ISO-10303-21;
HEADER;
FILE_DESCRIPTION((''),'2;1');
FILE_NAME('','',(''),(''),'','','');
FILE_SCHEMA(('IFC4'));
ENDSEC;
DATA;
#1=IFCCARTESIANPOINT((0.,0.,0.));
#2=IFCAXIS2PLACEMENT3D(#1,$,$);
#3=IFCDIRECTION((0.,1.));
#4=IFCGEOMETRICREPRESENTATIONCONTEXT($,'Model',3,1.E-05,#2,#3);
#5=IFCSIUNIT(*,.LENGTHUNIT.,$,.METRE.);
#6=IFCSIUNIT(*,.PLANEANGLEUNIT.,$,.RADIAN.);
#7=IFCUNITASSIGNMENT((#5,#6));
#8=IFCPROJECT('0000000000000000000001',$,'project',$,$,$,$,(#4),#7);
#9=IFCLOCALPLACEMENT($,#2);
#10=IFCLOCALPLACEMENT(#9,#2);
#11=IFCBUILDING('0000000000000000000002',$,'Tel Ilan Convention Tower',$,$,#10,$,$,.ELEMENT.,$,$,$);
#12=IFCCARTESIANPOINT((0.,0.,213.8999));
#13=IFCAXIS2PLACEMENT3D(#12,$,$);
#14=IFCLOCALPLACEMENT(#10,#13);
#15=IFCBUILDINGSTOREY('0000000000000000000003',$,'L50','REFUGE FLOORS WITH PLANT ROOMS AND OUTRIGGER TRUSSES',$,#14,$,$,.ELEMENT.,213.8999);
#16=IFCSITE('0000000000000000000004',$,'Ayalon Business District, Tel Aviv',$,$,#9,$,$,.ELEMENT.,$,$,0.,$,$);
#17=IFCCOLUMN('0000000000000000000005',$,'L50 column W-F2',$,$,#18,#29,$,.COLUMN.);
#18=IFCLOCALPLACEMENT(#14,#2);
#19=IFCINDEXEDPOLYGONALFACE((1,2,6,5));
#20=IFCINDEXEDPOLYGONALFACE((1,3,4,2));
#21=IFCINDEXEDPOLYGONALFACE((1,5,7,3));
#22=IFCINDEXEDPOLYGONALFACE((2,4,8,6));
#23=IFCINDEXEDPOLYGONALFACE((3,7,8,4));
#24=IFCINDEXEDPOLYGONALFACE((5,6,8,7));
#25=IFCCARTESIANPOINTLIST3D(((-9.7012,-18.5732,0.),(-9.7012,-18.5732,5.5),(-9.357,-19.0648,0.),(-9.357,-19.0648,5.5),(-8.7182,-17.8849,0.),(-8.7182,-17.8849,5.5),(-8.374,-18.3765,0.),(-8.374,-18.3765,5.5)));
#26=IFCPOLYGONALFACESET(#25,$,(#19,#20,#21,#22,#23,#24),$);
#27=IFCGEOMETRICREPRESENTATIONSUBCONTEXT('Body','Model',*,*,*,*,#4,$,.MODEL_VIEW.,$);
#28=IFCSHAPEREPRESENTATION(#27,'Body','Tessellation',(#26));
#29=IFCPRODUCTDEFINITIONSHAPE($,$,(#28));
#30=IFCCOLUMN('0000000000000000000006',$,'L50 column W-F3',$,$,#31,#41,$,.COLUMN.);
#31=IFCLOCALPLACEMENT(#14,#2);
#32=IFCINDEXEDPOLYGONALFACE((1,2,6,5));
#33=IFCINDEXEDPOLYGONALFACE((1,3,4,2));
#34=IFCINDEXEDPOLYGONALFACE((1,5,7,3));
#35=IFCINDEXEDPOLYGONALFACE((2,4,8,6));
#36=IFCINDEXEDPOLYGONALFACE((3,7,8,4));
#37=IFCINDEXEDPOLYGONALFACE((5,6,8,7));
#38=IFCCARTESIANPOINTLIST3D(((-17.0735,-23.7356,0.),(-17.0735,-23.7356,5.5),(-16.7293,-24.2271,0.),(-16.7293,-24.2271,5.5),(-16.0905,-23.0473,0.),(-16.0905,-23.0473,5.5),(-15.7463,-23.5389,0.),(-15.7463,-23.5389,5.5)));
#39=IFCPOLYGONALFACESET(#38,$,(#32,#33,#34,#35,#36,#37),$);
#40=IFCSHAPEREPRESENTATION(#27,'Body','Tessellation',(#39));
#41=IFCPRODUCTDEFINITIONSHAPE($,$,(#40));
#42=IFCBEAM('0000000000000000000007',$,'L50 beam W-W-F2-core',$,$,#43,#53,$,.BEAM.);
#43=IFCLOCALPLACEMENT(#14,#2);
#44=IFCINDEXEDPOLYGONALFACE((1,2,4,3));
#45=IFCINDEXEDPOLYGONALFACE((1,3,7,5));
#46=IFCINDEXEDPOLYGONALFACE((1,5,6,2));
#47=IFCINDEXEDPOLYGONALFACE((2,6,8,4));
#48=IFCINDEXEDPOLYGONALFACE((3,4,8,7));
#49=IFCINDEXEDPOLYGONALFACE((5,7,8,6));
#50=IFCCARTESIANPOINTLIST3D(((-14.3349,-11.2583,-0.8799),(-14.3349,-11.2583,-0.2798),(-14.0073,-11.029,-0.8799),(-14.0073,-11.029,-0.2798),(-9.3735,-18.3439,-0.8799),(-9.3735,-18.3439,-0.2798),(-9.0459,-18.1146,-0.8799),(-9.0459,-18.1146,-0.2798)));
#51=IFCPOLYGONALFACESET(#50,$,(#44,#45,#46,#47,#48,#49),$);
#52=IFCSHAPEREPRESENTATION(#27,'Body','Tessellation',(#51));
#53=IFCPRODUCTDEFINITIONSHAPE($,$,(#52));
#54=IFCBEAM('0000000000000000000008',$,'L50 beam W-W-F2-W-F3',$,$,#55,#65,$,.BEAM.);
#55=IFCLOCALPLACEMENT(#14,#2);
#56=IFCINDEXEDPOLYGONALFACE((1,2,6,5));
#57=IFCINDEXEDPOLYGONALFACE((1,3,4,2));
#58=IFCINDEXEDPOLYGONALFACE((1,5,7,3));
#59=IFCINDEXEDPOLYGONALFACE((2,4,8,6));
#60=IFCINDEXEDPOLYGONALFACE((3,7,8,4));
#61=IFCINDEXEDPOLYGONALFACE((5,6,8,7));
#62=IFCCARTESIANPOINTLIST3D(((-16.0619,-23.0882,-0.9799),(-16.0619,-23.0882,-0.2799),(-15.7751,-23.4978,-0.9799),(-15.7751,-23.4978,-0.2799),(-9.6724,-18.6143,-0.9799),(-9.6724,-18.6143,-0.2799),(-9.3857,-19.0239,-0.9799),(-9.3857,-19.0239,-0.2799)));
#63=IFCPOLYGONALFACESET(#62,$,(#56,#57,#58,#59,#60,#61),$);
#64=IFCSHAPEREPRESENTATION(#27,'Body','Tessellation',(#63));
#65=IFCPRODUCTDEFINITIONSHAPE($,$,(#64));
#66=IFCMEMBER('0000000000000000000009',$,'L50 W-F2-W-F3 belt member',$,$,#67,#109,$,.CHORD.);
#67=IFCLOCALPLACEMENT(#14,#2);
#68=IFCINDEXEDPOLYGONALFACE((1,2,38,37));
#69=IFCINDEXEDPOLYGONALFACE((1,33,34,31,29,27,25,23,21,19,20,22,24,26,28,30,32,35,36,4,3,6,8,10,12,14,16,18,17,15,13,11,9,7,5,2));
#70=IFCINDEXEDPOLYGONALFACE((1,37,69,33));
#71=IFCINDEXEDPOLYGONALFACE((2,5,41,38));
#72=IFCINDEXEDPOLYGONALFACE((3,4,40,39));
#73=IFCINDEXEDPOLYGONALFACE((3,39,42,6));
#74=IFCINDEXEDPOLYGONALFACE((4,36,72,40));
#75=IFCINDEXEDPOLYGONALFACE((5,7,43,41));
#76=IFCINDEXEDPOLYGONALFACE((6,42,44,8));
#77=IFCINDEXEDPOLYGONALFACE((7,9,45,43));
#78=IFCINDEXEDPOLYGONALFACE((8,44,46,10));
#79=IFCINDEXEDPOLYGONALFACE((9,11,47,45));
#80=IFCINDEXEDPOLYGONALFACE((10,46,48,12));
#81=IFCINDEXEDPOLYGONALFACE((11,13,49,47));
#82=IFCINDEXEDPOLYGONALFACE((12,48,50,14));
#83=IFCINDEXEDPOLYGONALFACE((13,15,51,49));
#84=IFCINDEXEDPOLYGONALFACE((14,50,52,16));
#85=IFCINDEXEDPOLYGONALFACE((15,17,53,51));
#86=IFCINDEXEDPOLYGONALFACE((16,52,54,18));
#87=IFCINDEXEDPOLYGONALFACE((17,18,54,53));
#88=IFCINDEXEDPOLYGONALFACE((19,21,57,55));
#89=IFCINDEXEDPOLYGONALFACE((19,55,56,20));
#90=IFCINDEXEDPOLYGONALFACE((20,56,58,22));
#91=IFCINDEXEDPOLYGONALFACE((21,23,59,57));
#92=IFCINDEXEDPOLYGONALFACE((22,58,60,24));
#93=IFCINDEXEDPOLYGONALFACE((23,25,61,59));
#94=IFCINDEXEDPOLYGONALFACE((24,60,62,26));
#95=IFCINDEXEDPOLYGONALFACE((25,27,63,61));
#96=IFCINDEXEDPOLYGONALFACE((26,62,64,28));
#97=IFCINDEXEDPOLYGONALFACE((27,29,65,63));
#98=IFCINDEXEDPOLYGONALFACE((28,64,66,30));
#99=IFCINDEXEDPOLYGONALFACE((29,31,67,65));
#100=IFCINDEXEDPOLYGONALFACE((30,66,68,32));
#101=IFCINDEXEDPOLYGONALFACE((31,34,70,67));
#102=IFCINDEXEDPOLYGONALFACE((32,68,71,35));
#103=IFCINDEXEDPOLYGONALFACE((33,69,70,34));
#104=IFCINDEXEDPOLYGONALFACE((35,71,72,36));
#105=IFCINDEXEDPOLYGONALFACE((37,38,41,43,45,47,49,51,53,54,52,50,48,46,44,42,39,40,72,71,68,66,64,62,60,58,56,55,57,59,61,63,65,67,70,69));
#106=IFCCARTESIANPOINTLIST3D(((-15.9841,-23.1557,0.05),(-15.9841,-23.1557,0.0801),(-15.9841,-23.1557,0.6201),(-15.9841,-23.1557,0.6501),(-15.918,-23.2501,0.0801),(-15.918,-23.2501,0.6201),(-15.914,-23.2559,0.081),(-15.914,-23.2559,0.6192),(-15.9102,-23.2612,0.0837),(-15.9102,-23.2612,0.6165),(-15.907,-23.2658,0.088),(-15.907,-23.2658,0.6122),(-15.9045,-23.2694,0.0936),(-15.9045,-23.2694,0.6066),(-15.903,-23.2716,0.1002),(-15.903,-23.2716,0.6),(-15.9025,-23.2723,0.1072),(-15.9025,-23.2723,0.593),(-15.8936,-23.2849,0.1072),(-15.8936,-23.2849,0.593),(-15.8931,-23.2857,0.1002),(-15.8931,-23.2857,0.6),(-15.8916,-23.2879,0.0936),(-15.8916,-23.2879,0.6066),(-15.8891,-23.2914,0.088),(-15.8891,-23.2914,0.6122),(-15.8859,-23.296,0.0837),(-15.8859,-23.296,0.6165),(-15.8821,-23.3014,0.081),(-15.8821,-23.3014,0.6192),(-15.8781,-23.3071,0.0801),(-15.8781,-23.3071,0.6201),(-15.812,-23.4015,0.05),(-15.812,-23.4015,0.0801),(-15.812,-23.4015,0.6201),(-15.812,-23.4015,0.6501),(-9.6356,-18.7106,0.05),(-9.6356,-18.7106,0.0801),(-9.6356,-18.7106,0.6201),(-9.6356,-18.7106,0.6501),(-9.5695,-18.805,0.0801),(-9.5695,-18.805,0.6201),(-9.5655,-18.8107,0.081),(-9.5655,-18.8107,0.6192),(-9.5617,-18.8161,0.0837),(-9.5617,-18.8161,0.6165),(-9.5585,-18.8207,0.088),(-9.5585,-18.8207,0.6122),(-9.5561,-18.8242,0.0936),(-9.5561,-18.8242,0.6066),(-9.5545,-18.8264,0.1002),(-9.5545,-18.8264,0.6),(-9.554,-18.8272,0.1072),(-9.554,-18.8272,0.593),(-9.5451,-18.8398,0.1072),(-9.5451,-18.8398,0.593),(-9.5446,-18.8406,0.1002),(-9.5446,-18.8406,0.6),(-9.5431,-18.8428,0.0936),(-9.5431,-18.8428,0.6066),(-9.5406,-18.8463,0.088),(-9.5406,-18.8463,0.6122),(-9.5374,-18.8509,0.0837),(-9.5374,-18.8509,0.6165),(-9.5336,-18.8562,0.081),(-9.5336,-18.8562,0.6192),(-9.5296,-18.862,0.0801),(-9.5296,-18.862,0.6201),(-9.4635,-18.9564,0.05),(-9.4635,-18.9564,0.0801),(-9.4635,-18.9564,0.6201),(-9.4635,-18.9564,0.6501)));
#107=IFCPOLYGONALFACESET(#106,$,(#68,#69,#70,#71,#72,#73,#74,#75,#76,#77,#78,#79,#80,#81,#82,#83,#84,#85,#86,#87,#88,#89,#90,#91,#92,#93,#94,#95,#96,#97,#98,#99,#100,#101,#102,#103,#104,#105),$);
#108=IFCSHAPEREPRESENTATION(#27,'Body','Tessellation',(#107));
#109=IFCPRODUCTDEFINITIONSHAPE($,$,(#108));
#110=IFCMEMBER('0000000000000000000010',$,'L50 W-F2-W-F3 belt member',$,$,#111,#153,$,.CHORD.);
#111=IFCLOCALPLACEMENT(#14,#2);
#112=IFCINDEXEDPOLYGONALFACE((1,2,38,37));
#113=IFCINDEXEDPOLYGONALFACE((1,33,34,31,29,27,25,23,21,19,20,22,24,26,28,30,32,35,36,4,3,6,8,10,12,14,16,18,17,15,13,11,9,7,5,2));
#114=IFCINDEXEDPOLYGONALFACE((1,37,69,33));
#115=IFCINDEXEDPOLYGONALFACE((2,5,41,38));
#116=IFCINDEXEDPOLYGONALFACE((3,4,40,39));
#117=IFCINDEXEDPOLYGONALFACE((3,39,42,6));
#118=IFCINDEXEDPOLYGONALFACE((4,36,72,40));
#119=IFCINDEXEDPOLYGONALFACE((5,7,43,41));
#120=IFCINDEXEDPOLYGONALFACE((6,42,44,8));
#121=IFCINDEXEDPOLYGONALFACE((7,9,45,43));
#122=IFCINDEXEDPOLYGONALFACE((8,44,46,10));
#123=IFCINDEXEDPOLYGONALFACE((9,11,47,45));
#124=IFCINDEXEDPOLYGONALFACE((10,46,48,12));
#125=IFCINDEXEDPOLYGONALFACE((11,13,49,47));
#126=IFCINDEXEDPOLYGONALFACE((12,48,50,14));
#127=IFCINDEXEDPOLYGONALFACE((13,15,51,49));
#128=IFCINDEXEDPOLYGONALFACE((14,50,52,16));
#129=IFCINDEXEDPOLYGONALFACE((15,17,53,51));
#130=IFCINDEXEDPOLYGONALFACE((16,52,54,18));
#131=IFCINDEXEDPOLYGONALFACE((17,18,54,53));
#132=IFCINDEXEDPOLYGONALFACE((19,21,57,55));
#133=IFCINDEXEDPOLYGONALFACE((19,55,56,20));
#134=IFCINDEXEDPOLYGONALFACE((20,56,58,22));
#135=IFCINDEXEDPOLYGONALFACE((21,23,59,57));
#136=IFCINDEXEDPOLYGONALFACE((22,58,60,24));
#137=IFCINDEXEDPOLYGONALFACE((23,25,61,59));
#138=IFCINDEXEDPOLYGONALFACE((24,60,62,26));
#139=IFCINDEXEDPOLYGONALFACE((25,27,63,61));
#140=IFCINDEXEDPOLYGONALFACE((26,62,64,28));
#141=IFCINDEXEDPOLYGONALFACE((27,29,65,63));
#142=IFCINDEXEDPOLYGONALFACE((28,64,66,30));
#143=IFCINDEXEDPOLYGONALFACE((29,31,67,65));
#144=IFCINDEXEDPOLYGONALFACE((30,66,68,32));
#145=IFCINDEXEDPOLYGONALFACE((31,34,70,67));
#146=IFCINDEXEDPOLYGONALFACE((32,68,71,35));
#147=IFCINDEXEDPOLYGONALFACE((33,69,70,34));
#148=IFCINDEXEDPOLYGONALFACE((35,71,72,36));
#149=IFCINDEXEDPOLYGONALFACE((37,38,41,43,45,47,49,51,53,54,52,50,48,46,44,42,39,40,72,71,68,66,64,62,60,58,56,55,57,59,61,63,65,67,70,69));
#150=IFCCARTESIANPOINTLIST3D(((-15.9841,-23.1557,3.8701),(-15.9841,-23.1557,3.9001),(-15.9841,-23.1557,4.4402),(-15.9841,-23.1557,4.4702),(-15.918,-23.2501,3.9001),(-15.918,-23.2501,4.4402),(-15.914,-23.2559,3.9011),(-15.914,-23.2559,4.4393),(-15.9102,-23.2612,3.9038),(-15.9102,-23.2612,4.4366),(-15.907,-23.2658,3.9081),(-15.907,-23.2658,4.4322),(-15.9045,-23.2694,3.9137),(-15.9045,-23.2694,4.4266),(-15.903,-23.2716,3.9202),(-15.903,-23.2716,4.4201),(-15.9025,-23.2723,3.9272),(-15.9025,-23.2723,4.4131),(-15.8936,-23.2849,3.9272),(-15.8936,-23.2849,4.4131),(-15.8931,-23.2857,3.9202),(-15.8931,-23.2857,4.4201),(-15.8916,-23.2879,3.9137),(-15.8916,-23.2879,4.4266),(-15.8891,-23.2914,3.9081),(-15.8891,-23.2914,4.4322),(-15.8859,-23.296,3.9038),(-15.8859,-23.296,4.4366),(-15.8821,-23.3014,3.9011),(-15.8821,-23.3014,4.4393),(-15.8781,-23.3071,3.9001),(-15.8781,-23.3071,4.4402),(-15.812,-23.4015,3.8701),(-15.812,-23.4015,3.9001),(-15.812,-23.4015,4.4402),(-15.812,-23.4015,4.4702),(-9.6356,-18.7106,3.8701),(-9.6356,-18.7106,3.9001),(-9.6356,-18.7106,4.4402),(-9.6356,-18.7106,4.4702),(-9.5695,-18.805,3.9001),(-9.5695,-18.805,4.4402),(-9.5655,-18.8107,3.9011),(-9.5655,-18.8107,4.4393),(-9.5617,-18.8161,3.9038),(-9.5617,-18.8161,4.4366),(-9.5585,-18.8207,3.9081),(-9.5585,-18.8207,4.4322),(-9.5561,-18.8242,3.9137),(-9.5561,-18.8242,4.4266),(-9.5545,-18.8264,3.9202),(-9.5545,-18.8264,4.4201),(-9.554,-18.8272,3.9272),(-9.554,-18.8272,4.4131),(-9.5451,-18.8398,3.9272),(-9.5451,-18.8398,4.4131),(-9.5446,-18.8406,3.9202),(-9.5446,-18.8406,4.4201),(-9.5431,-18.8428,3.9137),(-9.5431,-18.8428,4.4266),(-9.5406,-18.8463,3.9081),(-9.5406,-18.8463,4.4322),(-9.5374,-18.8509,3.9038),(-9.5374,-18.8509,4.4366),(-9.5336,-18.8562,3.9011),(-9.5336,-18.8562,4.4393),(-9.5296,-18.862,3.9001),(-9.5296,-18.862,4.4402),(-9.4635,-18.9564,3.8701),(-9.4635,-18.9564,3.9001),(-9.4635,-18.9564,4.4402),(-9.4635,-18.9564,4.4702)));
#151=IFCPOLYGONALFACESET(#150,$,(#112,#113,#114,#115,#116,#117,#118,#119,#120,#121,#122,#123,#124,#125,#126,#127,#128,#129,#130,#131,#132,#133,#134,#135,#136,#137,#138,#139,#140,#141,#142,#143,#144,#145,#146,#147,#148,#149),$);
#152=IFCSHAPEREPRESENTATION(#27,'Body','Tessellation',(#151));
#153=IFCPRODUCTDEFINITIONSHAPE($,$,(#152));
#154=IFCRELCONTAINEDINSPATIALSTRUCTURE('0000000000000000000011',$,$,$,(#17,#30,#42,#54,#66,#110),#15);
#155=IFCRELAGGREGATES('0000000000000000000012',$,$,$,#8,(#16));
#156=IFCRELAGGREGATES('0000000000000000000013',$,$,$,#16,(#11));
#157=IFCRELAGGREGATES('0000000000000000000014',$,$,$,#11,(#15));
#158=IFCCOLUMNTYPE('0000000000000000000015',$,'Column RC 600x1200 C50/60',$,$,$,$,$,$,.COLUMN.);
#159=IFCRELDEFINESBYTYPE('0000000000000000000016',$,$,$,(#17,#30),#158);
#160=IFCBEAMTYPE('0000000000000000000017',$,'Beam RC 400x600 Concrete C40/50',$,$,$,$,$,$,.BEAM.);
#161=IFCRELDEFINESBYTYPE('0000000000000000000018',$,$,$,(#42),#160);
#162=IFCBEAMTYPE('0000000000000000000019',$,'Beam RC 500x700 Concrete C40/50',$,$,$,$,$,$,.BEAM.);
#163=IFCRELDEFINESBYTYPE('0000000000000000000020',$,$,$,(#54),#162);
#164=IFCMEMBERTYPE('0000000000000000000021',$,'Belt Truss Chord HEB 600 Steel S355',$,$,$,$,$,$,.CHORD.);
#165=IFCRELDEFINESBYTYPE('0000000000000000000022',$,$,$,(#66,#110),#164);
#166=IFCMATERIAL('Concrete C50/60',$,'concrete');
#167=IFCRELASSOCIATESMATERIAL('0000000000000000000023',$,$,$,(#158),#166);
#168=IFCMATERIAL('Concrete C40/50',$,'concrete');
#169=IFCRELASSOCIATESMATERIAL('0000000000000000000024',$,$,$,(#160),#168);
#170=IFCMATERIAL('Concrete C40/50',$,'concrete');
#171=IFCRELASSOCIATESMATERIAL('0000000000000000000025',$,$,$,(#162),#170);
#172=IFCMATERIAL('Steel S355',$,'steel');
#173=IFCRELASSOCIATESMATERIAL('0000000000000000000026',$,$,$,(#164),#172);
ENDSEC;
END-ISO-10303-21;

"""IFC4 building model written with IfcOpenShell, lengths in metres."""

from ifc_helpers import new_model, si_unit, direction, frame, origin, origin_2d, place, context, subcontext, project, spatial, rectangle, i_section, extrude, material, material_profile, profile_set, type_object, element, save


model = new_model("IFC4")

# Units and contexts
model_context = context("Model", 3, precision=1e-05, world=origin(), true_north=direction((0.0, 1.0)))
body_context = subcontext(model_context, "Body", "Model", "MODEL_VIEW")
ifc_project = project(units=[si_unit("LENGTHUNIT", "METRE"), si_unit("PLANEANGLEUNIT", "RADIAN")], contexts=[model_context])

# Site, building, storey
site_placement = place(None, origin())
site = spatial("IfcSite", under=ifc_project, at=site_placement, Name="Ayalon Business District, Tel Aviv", CompositionType="ELEMENT", RefElevation=0.0)
building_placement = place(site_placement, origin())
building = spatial("IfcBuilding", under=site, at=building_placement, Name="Tel Ilan Convention Tower", CompositionType="ELEMENT")
storey_placement = place(building_placement, frame((0.0, 0.0, 213.8999)))
storey = spatial("IfcBuildingStorey", under=building, at=storey_placement, Name="L50", Description="REFUGE FLOORS WITH PLANT ROOMS AND OUTRIGGER TRUSSES", CompositionType="ELEMENT", Elevation=213.8999)

# Columns
ifc_material_1 = material(Name="Concrete C50/60", Category="concrete")
ifc_material_profile_1 = material_profile(ifc_material_1, rectangle(XDim=1.2, YDim=0.6001, at=origin_2d()), Name="RC 600x1200")
ifc_profile_set_1 = profile_set([ifc_material_profile_1], Name="Concrete C50/60")
column_type = type_object("IfcColumnType", Name="Column RC 600x1200 C50/60", PredefinedType="COLUMN", material=ifc_profile_set_1)
for number, where, z_axis, x_axis, name in (
    (1, (-9.0376, -18.4749, 0.0), (0.0, 0.0, 1.0), (-0.819152, -0.573576, 0.0), "L50 column W-F2"),
    (2, (-16.4099, -23.6372, 0.0), (0.0, 0.0, 1.0), (-0.819152, -0.573576, 0.0), "L50 column W-F3"),
):
    element("IfcColumn", number, at=place(storey_placement, frame(where, z_axis=z_axis, x_axis=x_axis)), inside=storey, type_object=column_type, Name=name, PredefinedType="COLUMN", context=body_context, shape_type="SweptSolid", body=[
        extrude(rectangle(XDim=1.2, YDim=0.6001, at=origin_2d()), origin(), (0.0, 0.0, 1.0), 5.5),
    ])

# Beams
ifc_material_2 = material(Name="Concrete C40/50", Category="concrete")
ifc_material_profile_2 = material_profile(ifc_material_2, rectangle(XDim=0.3999, YDim=0.6001, at=origin_2d()), Name="RC 400x600")
ifc_profile_set_2 = profile_set([ifc_material_profile_2], Name="Concrete C40/50")
beam_type_1 = type_object("IfcBeamType", Name="Beam RC 400x600 Concrete C40/50", PredefinedType="BEAM", material=ifc_profile_set_2)
beam_1_placement = place(storey_placement, frame((-9.2097, -18.2292, -0.5798), z_axis=(-0.573574, 0.819154, 0.0), x_axis=(-0.819154, -0.573574, 0.0)))
element("IfcBeam", 3, at=beam_1_placement, inside=storey, type_object=beam_type_1, Name="L50 beam W-W-F2-core", PredefinedType="BEAM", context=body_context, shape_type="SweptSolid", body=[
    extrude(rectangle(XDim=0.3999, YDim=0.6001, at=origin_2d()), origin(), (0.0, 0.0, 1.0), 8.6499),
])
ifc_material_3 = material(Name="Concrete C40/50", Category="concrete")
ifc_material_profile_3 = material_profile(ifc_material_3, rectangle(XDim=0.5, YDim=0.7, at=origin_2d()), Name="RC 500x700")
ifc_profile_set_3 = profile_set([ifc_material_profile_3], Name="Concrete C40/50")
beam_type_2 = type_object("IfcBeamType", Name="Beam RC 500x700 Concrete C40/50", PredefinedType="BEAM", material=ifc_profile_set_3)
beam_2_placement = place(storey_placement, frame((-9.5291, -18.8191, -0.6299), z_axis=(-0.819154, -0.573574, 0.0), x_axis=(0.573574, -0.819154, 0.0)))
element("IfcBeam", 4, at=beam_2_placement, inside=storey, type_object=beam_type_2, Name="L50 beam W-W-F2-W-F3", PredefinedType="BEAM", context=body_context, shape_type="SweptSolid", body=[
    extrude(rectangle(XDim=0.5, YDim=0.7, at=origin_2d()), origin(), (0.0, 0.0, 1.0), 7.8),
])

# Members
ifc_material_4 = material(Name="Steel S355", Category="steel")
ifc_material_profile_4 = material_profile(ifc_material_4, i_section(OverallWidth=0.3, OverallDepth=0.6001, WebThickness=0.0154, FlangeThickness=0.03, FilletRadius=0.0271, at=origin_2d()), Name="HEB 600")
ifc_profile_set_4 = profile_set([ifc_material_profile_4], Name="Steel S355")
member_type_1 = type_object("IfcMemberType", Name="Belt Truss Chord HEB 600 Steel S355", PredefinedType="CHORD", material=ifc_profile_set_4)
for number, where, z_axis, x_axis, name in (
    (5, (-9.5496, -18.8335, 0.3501), (-0.819159, -0.573566, 0.0), (0.573566, -0.819159, 0.0), "L50 W-F2-W-F3 belt member"),
    (6, (-9.5496, -18.8335, 4.1702), (-0.819159, -0.573566, 0.0), (0.573566, -0.819159, 0.0), "L50 W-F2-W-F3 belt member"),
):
    element("IfcMember", number, at=place(storey_placement, frame(where, z_axis=z_axis, x_axis=x_axis)), inside=storey, type_object=member_type_1, Name=name, PredefinedType="CHORD", context=body_context, shape_type="SweptSolid", body=[
        extrude(i_section(OverallWidth=0.3, OverallDepth=0.6001, WebThickness=0.0154, FlangeThickness=0.03, FilletRadius=0.0271, at=origin_2d()), origin(), (0.0, 0.0, 1.0), 7.75),
    ])

save(model, "model.ifc")
